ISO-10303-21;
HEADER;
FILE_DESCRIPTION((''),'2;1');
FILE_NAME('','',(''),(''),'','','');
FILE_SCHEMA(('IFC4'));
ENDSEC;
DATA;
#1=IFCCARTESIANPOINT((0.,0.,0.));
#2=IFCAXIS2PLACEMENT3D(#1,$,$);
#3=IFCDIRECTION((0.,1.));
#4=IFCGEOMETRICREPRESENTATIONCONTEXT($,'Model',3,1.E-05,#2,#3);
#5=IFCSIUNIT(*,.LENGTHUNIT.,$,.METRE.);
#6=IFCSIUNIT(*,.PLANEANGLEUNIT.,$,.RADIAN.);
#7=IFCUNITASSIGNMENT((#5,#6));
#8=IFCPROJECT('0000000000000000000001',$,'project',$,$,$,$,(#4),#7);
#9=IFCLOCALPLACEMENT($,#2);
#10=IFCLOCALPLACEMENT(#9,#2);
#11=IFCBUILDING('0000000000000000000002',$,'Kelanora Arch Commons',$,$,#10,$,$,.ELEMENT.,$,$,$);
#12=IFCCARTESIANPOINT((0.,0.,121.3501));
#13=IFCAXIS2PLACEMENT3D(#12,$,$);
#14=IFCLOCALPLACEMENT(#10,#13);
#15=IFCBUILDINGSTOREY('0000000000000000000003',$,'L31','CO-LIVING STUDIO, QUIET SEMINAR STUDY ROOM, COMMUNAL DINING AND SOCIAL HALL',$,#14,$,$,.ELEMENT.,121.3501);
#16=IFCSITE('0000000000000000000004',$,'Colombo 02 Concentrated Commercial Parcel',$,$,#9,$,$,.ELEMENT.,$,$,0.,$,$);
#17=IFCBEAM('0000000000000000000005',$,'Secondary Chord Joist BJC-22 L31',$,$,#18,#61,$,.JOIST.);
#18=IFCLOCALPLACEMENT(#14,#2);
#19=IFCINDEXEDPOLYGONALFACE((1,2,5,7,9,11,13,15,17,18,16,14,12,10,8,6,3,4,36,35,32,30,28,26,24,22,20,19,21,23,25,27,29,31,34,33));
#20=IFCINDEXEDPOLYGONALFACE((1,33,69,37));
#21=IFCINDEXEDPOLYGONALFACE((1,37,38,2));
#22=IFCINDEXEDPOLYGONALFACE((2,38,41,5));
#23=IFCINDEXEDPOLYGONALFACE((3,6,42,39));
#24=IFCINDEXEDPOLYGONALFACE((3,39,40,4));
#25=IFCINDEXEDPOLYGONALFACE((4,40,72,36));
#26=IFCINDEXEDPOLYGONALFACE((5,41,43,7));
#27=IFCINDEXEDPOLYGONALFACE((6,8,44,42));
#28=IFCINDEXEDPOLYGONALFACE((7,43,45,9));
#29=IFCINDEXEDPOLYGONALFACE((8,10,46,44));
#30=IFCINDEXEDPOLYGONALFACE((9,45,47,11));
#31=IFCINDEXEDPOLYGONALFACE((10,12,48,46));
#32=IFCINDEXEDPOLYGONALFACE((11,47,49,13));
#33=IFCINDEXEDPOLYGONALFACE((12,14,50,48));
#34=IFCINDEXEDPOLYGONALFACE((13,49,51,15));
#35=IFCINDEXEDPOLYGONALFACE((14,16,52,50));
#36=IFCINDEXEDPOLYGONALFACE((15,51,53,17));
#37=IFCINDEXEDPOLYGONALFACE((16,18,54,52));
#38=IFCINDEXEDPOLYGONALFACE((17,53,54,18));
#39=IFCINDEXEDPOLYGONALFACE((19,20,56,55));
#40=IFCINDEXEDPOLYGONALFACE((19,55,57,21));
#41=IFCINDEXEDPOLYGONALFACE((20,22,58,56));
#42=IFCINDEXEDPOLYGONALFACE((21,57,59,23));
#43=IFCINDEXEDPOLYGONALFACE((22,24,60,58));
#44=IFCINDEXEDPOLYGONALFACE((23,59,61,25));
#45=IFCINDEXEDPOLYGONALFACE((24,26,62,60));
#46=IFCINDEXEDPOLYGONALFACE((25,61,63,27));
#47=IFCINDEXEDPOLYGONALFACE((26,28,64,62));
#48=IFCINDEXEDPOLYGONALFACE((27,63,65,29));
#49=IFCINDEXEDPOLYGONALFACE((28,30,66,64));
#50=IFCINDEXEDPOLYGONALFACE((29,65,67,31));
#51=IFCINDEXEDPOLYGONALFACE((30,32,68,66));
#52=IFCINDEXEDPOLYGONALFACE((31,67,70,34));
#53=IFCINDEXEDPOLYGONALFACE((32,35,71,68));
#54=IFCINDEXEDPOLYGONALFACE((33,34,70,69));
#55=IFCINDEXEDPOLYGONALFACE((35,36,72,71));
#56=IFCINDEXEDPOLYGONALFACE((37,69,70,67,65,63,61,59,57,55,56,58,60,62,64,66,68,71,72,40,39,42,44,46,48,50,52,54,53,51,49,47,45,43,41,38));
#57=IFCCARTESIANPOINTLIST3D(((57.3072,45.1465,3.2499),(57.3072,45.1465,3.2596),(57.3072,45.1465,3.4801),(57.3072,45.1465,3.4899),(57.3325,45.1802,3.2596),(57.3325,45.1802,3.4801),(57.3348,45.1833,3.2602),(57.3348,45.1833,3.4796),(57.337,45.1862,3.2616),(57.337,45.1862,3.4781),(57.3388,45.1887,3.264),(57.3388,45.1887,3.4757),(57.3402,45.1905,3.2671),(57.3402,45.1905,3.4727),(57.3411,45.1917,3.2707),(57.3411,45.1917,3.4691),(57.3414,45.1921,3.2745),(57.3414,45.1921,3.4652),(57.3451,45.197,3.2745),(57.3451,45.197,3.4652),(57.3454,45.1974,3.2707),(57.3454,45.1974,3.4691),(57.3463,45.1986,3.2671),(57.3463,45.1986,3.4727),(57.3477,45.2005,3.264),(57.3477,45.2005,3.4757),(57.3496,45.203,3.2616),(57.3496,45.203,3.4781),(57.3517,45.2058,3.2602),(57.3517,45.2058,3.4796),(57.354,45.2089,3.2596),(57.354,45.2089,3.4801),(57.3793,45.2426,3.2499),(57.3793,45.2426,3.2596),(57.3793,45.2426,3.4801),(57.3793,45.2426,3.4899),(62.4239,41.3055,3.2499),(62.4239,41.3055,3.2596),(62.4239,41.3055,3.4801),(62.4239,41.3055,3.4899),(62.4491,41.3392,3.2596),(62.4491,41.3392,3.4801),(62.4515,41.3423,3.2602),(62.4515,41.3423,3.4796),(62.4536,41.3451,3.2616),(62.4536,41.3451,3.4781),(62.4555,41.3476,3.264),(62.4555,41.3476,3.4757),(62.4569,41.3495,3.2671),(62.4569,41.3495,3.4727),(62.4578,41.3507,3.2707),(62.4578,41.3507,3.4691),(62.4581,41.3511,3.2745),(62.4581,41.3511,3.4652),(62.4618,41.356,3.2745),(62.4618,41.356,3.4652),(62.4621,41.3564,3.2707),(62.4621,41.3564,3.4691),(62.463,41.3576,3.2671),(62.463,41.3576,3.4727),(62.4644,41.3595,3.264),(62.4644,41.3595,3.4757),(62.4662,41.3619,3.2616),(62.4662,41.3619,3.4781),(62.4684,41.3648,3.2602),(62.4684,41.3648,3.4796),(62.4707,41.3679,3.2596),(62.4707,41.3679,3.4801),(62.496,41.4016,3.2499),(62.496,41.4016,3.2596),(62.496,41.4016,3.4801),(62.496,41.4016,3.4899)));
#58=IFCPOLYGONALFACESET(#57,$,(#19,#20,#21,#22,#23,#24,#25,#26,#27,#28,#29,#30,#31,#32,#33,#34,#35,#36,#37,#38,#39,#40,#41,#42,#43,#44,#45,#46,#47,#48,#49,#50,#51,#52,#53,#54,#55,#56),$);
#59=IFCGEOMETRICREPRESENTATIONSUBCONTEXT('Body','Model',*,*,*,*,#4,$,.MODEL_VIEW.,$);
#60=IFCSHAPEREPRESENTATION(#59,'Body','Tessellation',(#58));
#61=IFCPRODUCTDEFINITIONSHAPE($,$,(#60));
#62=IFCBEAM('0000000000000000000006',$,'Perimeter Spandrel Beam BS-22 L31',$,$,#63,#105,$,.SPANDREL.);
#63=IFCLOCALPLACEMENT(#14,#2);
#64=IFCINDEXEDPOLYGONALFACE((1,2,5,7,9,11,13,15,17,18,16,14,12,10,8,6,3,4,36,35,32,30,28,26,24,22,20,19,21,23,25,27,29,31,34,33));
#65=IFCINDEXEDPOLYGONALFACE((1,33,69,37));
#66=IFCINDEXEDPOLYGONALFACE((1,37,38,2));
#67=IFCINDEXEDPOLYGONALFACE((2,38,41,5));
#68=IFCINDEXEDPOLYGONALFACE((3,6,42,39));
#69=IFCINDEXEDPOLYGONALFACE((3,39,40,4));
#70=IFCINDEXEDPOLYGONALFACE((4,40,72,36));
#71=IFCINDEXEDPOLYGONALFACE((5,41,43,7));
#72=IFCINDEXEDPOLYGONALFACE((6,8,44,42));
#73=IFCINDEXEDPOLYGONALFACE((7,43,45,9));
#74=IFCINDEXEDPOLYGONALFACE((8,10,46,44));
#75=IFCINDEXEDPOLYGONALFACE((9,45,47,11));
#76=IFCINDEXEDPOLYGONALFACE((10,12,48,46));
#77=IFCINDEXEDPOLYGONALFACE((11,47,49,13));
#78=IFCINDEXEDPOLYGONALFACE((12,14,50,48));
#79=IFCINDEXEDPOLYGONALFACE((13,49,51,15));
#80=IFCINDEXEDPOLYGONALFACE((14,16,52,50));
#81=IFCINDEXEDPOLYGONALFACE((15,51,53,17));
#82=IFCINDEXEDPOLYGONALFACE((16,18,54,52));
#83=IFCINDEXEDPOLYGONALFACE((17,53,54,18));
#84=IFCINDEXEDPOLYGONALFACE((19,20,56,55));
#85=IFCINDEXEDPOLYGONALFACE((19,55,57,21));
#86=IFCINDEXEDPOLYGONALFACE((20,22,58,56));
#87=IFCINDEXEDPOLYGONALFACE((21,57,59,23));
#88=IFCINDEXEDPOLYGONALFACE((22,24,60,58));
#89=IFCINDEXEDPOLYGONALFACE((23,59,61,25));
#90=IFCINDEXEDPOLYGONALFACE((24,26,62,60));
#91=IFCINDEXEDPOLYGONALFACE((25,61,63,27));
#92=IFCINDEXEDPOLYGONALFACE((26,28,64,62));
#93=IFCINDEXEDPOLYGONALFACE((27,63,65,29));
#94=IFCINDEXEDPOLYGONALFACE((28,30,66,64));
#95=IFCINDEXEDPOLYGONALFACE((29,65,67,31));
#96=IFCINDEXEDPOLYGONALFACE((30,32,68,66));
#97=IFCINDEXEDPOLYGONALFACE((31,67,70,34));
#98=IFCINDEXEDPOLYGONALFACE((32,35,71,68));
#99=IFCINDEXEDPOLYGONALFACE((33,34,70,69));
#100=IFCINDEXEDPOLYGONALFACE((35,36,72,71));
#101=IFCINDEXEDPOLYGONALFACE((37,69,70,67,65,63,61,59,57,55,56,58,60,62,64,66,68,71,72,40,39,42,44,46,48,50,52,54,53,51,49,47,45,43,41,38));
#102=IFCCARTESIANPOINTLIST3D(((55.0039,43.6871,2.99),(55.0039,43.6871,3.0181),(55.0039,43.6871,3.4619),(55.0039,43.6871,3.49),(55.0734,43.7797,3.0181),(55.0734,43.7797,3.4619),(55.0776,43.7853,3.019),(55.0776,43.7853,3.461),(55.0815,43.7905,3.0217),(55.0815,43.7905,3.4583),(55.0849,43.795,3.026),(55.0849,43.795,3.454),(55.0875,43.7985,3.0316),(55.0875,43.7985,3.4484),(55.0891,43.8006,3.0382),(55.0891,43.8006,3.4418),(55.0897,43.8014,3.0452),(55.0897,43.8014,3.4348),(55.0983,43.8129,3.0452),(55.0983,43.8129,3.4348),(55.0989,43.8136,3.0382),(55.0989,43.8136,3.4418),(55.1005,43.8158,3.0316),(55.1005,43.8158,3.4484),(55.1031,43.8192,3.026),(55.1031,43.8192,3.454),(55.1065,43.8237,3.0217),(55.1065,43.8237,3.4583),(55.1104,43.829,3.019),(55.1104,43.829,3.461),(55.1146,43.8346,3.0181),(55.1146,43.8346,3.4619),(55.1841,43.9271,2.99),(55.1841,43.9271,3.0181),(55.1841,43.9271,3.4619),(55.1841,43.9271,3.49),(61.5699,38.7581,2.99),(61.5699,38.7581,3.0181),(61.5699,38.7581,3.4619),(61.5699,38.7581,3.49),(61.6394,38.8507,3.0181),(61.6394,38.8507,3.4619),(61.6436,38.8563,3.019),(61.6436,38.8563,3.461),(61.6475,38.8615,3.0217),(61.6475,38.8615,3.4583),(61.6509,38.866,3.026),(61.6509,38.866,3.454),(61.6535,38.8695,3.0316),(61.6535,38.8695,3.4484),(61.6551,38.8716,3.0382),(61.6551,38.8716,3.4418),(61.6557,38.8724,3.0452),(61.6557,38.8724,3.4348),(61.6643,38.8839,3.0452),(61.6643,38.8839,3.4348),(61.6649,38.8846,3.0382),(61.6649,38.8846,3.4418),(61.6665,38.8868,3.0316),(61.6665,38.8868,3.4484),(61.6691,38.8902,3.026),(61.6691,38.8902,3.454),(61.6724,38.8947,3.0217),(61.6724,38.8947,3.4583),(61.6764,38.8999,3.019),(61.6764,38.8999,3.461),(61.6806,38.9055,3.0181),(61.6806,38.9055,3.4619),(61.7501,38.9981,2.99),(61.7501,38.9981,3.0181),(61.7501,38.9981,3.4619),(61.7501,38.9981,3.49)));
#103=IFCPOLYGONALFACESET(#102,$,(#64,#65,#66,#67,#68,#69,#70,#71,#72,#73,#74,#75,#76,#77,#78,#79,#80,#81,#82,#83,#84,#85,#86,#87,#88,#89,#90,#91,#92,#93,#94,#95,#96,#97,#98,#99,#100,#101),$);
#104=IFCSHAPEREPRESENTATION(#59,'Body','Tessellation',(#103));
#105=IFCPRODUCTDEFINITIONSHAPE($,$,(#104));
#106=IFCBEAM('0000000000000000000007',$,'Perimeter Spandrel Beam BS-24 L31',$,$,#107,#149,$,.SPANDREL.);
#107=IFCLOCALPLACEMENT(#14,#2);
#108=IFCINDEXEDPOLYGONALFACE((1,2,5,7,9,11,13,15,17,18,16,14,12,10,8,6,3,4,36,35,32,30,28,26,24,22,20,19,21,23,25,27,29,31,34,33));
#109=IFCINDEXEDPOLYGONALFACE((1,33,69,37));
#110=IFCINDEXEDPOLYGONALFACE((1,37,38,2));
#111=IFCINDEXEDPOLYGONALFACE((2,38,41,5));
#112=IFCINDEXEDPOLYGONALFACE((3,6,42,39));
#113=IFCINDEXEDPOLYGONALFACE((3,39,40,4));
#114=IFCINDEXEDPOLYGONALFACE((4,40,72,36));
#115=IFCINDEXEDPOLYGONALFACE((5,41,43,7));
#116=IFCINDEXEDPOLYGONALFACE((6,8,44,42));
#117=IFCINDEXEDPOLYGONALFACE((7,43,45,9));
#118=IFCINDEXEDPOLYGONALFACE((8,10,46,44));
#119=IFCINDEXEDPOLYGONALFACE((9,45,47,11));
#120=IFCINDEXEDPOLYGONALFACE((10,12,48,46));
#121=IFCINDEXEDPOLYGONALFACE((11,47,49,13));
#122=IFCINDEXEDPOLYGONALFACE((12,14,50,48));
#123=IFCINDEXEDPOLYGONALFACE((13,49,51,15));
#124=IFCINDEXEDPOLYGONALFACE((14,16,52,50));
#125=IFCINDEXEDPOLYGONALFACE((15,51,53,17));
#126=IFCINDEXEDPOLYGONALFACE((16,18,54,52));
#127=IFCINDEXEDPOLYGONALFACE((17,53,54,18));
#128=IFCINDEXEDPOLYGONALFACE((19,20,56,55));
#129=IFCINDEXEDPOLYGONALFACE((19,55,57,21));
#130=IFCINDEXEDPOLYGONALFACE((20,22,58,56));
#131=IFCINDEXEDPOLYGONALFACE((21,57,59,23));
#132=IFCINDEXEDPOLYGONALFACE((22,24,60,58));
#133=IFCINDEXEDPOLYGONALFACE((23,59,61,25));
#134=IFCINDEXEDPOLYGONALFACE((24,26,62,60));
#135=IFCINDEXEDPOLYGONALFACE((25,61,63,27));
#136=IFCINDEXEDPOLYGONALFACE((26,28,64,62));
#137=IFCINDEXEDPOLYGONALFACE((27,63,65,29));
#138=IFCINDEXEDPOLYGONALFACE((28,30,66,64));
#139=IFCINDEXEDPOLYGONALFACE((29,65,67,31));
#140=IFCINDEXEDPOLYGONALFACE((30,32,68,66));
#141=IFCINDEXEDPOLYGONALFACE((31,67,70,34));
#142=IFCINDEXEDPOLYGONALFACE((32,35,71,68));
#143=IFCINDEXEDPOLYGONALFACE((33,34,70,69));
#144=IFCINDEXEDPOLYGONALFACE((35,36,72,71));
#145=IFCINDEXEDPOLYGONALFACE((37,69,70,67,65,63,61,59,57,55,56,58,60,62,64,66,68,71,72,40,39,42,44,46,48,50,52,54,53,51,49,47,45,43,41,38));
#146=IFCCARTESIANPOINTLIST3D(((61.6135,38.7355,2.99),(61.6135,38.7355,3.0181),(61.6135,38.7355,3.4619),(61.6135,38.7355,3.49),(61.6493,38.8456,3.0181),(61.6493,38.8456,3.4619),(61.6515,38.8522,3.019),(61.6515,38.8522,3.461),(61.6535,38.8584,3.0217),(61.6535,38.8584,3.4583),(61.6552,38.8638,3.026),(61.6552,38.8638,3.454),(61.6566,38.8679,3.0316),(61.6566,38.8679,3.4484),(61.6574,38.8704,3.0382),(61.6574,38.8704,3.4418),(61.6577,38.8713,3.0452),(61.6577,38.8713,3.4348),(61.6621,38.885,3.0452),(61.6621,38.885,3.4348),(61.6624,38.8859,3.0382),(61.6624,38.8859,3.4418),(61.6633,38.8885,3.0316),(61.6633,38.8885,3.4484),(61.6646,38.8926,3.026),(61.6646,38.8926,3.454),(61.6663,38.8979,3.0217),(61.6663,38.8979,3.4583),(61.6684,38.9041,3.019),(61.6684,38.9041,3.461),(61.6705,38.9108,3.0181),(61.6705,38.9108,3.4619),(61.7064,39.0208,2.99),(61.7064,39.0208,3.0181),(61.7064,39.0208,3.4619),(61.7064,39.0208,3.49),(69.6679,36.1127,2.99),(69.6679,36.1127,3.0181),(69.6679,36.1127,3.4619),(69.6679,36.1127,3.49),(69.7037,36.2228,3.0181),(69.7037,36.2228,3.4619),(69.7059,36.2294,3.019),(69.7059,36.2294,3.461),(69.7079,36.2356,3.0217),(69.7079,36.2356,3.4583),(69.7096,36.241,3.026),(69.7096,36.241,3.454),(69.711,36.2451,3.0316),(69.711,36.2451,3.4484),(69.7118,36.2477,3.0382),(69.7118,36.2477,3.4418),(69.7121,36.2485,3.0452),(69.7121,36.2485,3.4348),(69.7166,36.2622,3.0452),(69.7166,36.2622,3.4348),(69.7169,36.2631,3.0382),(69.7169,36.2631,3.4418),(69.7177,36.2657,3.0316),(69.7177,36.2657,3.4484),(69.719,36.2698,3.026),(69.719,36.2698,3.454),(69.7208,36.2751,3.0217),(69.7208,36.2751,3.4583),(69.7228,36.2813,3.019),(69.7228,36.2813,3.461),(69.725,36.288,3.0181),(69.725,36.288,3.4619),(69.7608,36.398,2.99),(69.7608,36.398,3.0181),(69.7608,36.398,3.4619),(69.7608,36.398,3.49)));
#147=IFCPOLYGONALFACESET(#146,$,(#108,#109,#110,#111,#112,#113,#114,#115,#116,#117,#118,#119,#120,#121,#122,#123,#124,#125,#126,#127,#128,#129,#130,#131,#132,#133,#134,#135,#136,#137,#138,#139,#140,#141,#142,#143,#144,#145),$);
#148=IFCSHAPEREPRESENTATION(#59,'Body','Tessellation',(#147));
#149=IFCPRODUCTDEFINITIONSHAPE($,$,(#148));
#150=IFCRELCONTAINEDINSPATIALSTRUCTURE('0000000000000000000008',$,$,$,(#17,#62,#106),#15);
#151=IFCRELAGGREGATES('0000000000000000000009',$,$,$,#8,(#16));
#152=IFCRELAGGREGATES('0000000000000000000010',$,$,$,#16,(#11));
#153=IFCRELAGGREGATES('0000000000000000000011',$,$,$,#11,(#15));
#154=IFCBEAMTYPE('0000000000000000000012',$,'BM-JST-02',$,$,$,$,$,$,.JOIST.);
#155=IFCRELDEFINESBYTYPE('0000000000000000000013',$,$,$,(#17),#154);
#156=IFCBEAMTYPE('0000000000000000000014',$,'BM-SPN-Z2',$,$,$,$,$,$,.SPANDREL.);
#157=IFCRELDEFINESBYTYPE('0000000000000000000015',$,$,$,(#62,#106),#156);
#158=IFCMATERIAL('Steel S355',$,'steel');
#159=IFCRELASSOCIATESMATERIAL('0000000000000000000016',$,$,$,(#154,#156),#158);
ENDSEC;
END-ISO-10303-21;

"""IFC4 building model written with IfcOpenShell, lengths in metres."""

from ifc_helpers import new_model, si_unit, direction, frame, origin, origin_2d, place, context, subcontext, project, spatial, i_section, extrude, material, material_profile, profile_set, type_object, element, save


model = new_model("IFC4")

# Units and contexts
model_context = context("Model", 3, precision=1e-05, world=origin(), true_north=direction((0.0, 1.0)))
body_context = subcontext(model_context, "Body", "Model", "MODEL_VIEW")
ifc_project = project(units=[si_unit("LENGTHUNIT", "METRE"), si_unit("PLANEANGLEUNIT", "RADIAN")], contexts=[model_context])

# Site, building, storey
site_placement = place(None, origin())
site = spatial("IfcSite", under=ifc_project, at=site_placement, Name="Colombo 02 Concentrated Commercial Parcel", CompositionType="ELEMENT", RefElevation=0.0)
building_placement = place(site_placement, origin())
building = spatial("IfcBuilding", under=site, at=building_placement, Name="Kelanora Arch Commons", CompositionType="ELEMENT")
storey_placement = place(building_placement, frame((0.0, 0.0, 121.3501)))
storey = spatial("IfcBuildingStorey", under=building, at=storey_placement, Name="L31", Description="CO-LIVING STUDIO, QUIET SEMINAR STUDY ROOM, COMMUNAL DINING AND SOCIAL HALL", CompositionType="ELEMENT", Elevation=121.3501)

# Beams
ifc_material_1 = material(Name="Steel S355", Category="steel")
ifc_material_profile_1 = material_profile(ifc_material_1, i_section(OverallWidth=0.1201, OverallDepth=0.24, WebThickness=0.0061, FlangeThickness=0.0098, FilletRadius=0.0149, at=origin_2d()), Name="IPE240")
ifc_profile_set_1 = profile_set([ifc_material_profile_1], Name="Steel S355")
beam_type_1 = type_object("IfcBeamType", Name="BM-JST-02", PredefinedType="JOIST", material=ifc_profile_set_1)
beam_1_placement = place(storey_placement, frame((57.3433, 45.1946, 3.3699), z_axis=(0.799734, -0.600354, 0.0), x_axis=(0.600354, 0.799734, 0.0)))
element("IfcBeam", 1, at=beam_1_placement, inside=storey, type_object=beam_type_1, Name="Secondary Chord Joist BJC-22 L31", PredefinedType="JOIST", context=body_context, shape_type="SweptSolid", body=[
    extrude(i_section(OverallWidth=0.1201, OverallDepth=0.24, WebThickness=0.0061, FlangeThickness=0.0098, FilletRadius=0.0149, at=origin_2d()), origin(), (0.0, 0.0, 1.0), 6.3979),
])
ifc_material_profile_2 = material_profile(ifc_material_1, i_section(OverallWidth=0.3, OverallDepth=0.5, WebThickness=0.0144, FlangeThickness=0.0281, FilletRadius=0.0271, at=origin_2d()), Name="HEB500")
ifc_profile_set_2 = profile_set([ifc_material_profile_2], Name="Steel S355")
beam_type_2 = type_object("IfcBeamType", Name="BM-SPN-Z2", PredefinedType="SPANDREL", material=ifc_profile_set_2)
beam_2_placement = place(storey_placement, frame((55.094, 43.8071, 3.24), z_axis=(0.799736, -0.600352, 0.0), x_axis=(0.600352, 0.799736, 0.0)))
element("IfcBeam", 2, at=beam_2_placement, inside=storey, type_object=beam_type_2, Name="Perimeter Spandrel Beam BS-22 L31", PredefinedType="SPANDREL", context=body_context, shape_type="SweptSolid", body=[
    extrude(i_section(OverallWidth=0.3, OverallDepth=0.5, WebThickness=0.0144, FlangeThickness=0.0281, FilletRadius=0.0271, at=origin_2d()), origin(), (0.0, 0.0, 1.0), 8.2102),
])
beam_3_placement = place(storey_placement, frame((61.6599, 38.8782, 3.24), z_axis=(0.950857, -0.309631, 0.0), x_axis=(0.309631, 0.950857, 0.0)))
element("IfcBeam", 3, at=beam_3_placement, inside=storey, type_object=beam_type_2, Name="Perimeter Spandrel Beam BS-24 L31", PredefinedType="SPANDREL", context=body_context, shape_type="SweptSolid", body=[
    extrude(i_section(OverallWidth=0.3, OverallDepth=0.5, WebThickness=0.0144, FlangeThickness=0.0281, FilletRadius=0.0271, at=origin_2d()), origin(), (0.0, 0.0, 1.0), 8.4707),
])

save(model, "model.ifc")
